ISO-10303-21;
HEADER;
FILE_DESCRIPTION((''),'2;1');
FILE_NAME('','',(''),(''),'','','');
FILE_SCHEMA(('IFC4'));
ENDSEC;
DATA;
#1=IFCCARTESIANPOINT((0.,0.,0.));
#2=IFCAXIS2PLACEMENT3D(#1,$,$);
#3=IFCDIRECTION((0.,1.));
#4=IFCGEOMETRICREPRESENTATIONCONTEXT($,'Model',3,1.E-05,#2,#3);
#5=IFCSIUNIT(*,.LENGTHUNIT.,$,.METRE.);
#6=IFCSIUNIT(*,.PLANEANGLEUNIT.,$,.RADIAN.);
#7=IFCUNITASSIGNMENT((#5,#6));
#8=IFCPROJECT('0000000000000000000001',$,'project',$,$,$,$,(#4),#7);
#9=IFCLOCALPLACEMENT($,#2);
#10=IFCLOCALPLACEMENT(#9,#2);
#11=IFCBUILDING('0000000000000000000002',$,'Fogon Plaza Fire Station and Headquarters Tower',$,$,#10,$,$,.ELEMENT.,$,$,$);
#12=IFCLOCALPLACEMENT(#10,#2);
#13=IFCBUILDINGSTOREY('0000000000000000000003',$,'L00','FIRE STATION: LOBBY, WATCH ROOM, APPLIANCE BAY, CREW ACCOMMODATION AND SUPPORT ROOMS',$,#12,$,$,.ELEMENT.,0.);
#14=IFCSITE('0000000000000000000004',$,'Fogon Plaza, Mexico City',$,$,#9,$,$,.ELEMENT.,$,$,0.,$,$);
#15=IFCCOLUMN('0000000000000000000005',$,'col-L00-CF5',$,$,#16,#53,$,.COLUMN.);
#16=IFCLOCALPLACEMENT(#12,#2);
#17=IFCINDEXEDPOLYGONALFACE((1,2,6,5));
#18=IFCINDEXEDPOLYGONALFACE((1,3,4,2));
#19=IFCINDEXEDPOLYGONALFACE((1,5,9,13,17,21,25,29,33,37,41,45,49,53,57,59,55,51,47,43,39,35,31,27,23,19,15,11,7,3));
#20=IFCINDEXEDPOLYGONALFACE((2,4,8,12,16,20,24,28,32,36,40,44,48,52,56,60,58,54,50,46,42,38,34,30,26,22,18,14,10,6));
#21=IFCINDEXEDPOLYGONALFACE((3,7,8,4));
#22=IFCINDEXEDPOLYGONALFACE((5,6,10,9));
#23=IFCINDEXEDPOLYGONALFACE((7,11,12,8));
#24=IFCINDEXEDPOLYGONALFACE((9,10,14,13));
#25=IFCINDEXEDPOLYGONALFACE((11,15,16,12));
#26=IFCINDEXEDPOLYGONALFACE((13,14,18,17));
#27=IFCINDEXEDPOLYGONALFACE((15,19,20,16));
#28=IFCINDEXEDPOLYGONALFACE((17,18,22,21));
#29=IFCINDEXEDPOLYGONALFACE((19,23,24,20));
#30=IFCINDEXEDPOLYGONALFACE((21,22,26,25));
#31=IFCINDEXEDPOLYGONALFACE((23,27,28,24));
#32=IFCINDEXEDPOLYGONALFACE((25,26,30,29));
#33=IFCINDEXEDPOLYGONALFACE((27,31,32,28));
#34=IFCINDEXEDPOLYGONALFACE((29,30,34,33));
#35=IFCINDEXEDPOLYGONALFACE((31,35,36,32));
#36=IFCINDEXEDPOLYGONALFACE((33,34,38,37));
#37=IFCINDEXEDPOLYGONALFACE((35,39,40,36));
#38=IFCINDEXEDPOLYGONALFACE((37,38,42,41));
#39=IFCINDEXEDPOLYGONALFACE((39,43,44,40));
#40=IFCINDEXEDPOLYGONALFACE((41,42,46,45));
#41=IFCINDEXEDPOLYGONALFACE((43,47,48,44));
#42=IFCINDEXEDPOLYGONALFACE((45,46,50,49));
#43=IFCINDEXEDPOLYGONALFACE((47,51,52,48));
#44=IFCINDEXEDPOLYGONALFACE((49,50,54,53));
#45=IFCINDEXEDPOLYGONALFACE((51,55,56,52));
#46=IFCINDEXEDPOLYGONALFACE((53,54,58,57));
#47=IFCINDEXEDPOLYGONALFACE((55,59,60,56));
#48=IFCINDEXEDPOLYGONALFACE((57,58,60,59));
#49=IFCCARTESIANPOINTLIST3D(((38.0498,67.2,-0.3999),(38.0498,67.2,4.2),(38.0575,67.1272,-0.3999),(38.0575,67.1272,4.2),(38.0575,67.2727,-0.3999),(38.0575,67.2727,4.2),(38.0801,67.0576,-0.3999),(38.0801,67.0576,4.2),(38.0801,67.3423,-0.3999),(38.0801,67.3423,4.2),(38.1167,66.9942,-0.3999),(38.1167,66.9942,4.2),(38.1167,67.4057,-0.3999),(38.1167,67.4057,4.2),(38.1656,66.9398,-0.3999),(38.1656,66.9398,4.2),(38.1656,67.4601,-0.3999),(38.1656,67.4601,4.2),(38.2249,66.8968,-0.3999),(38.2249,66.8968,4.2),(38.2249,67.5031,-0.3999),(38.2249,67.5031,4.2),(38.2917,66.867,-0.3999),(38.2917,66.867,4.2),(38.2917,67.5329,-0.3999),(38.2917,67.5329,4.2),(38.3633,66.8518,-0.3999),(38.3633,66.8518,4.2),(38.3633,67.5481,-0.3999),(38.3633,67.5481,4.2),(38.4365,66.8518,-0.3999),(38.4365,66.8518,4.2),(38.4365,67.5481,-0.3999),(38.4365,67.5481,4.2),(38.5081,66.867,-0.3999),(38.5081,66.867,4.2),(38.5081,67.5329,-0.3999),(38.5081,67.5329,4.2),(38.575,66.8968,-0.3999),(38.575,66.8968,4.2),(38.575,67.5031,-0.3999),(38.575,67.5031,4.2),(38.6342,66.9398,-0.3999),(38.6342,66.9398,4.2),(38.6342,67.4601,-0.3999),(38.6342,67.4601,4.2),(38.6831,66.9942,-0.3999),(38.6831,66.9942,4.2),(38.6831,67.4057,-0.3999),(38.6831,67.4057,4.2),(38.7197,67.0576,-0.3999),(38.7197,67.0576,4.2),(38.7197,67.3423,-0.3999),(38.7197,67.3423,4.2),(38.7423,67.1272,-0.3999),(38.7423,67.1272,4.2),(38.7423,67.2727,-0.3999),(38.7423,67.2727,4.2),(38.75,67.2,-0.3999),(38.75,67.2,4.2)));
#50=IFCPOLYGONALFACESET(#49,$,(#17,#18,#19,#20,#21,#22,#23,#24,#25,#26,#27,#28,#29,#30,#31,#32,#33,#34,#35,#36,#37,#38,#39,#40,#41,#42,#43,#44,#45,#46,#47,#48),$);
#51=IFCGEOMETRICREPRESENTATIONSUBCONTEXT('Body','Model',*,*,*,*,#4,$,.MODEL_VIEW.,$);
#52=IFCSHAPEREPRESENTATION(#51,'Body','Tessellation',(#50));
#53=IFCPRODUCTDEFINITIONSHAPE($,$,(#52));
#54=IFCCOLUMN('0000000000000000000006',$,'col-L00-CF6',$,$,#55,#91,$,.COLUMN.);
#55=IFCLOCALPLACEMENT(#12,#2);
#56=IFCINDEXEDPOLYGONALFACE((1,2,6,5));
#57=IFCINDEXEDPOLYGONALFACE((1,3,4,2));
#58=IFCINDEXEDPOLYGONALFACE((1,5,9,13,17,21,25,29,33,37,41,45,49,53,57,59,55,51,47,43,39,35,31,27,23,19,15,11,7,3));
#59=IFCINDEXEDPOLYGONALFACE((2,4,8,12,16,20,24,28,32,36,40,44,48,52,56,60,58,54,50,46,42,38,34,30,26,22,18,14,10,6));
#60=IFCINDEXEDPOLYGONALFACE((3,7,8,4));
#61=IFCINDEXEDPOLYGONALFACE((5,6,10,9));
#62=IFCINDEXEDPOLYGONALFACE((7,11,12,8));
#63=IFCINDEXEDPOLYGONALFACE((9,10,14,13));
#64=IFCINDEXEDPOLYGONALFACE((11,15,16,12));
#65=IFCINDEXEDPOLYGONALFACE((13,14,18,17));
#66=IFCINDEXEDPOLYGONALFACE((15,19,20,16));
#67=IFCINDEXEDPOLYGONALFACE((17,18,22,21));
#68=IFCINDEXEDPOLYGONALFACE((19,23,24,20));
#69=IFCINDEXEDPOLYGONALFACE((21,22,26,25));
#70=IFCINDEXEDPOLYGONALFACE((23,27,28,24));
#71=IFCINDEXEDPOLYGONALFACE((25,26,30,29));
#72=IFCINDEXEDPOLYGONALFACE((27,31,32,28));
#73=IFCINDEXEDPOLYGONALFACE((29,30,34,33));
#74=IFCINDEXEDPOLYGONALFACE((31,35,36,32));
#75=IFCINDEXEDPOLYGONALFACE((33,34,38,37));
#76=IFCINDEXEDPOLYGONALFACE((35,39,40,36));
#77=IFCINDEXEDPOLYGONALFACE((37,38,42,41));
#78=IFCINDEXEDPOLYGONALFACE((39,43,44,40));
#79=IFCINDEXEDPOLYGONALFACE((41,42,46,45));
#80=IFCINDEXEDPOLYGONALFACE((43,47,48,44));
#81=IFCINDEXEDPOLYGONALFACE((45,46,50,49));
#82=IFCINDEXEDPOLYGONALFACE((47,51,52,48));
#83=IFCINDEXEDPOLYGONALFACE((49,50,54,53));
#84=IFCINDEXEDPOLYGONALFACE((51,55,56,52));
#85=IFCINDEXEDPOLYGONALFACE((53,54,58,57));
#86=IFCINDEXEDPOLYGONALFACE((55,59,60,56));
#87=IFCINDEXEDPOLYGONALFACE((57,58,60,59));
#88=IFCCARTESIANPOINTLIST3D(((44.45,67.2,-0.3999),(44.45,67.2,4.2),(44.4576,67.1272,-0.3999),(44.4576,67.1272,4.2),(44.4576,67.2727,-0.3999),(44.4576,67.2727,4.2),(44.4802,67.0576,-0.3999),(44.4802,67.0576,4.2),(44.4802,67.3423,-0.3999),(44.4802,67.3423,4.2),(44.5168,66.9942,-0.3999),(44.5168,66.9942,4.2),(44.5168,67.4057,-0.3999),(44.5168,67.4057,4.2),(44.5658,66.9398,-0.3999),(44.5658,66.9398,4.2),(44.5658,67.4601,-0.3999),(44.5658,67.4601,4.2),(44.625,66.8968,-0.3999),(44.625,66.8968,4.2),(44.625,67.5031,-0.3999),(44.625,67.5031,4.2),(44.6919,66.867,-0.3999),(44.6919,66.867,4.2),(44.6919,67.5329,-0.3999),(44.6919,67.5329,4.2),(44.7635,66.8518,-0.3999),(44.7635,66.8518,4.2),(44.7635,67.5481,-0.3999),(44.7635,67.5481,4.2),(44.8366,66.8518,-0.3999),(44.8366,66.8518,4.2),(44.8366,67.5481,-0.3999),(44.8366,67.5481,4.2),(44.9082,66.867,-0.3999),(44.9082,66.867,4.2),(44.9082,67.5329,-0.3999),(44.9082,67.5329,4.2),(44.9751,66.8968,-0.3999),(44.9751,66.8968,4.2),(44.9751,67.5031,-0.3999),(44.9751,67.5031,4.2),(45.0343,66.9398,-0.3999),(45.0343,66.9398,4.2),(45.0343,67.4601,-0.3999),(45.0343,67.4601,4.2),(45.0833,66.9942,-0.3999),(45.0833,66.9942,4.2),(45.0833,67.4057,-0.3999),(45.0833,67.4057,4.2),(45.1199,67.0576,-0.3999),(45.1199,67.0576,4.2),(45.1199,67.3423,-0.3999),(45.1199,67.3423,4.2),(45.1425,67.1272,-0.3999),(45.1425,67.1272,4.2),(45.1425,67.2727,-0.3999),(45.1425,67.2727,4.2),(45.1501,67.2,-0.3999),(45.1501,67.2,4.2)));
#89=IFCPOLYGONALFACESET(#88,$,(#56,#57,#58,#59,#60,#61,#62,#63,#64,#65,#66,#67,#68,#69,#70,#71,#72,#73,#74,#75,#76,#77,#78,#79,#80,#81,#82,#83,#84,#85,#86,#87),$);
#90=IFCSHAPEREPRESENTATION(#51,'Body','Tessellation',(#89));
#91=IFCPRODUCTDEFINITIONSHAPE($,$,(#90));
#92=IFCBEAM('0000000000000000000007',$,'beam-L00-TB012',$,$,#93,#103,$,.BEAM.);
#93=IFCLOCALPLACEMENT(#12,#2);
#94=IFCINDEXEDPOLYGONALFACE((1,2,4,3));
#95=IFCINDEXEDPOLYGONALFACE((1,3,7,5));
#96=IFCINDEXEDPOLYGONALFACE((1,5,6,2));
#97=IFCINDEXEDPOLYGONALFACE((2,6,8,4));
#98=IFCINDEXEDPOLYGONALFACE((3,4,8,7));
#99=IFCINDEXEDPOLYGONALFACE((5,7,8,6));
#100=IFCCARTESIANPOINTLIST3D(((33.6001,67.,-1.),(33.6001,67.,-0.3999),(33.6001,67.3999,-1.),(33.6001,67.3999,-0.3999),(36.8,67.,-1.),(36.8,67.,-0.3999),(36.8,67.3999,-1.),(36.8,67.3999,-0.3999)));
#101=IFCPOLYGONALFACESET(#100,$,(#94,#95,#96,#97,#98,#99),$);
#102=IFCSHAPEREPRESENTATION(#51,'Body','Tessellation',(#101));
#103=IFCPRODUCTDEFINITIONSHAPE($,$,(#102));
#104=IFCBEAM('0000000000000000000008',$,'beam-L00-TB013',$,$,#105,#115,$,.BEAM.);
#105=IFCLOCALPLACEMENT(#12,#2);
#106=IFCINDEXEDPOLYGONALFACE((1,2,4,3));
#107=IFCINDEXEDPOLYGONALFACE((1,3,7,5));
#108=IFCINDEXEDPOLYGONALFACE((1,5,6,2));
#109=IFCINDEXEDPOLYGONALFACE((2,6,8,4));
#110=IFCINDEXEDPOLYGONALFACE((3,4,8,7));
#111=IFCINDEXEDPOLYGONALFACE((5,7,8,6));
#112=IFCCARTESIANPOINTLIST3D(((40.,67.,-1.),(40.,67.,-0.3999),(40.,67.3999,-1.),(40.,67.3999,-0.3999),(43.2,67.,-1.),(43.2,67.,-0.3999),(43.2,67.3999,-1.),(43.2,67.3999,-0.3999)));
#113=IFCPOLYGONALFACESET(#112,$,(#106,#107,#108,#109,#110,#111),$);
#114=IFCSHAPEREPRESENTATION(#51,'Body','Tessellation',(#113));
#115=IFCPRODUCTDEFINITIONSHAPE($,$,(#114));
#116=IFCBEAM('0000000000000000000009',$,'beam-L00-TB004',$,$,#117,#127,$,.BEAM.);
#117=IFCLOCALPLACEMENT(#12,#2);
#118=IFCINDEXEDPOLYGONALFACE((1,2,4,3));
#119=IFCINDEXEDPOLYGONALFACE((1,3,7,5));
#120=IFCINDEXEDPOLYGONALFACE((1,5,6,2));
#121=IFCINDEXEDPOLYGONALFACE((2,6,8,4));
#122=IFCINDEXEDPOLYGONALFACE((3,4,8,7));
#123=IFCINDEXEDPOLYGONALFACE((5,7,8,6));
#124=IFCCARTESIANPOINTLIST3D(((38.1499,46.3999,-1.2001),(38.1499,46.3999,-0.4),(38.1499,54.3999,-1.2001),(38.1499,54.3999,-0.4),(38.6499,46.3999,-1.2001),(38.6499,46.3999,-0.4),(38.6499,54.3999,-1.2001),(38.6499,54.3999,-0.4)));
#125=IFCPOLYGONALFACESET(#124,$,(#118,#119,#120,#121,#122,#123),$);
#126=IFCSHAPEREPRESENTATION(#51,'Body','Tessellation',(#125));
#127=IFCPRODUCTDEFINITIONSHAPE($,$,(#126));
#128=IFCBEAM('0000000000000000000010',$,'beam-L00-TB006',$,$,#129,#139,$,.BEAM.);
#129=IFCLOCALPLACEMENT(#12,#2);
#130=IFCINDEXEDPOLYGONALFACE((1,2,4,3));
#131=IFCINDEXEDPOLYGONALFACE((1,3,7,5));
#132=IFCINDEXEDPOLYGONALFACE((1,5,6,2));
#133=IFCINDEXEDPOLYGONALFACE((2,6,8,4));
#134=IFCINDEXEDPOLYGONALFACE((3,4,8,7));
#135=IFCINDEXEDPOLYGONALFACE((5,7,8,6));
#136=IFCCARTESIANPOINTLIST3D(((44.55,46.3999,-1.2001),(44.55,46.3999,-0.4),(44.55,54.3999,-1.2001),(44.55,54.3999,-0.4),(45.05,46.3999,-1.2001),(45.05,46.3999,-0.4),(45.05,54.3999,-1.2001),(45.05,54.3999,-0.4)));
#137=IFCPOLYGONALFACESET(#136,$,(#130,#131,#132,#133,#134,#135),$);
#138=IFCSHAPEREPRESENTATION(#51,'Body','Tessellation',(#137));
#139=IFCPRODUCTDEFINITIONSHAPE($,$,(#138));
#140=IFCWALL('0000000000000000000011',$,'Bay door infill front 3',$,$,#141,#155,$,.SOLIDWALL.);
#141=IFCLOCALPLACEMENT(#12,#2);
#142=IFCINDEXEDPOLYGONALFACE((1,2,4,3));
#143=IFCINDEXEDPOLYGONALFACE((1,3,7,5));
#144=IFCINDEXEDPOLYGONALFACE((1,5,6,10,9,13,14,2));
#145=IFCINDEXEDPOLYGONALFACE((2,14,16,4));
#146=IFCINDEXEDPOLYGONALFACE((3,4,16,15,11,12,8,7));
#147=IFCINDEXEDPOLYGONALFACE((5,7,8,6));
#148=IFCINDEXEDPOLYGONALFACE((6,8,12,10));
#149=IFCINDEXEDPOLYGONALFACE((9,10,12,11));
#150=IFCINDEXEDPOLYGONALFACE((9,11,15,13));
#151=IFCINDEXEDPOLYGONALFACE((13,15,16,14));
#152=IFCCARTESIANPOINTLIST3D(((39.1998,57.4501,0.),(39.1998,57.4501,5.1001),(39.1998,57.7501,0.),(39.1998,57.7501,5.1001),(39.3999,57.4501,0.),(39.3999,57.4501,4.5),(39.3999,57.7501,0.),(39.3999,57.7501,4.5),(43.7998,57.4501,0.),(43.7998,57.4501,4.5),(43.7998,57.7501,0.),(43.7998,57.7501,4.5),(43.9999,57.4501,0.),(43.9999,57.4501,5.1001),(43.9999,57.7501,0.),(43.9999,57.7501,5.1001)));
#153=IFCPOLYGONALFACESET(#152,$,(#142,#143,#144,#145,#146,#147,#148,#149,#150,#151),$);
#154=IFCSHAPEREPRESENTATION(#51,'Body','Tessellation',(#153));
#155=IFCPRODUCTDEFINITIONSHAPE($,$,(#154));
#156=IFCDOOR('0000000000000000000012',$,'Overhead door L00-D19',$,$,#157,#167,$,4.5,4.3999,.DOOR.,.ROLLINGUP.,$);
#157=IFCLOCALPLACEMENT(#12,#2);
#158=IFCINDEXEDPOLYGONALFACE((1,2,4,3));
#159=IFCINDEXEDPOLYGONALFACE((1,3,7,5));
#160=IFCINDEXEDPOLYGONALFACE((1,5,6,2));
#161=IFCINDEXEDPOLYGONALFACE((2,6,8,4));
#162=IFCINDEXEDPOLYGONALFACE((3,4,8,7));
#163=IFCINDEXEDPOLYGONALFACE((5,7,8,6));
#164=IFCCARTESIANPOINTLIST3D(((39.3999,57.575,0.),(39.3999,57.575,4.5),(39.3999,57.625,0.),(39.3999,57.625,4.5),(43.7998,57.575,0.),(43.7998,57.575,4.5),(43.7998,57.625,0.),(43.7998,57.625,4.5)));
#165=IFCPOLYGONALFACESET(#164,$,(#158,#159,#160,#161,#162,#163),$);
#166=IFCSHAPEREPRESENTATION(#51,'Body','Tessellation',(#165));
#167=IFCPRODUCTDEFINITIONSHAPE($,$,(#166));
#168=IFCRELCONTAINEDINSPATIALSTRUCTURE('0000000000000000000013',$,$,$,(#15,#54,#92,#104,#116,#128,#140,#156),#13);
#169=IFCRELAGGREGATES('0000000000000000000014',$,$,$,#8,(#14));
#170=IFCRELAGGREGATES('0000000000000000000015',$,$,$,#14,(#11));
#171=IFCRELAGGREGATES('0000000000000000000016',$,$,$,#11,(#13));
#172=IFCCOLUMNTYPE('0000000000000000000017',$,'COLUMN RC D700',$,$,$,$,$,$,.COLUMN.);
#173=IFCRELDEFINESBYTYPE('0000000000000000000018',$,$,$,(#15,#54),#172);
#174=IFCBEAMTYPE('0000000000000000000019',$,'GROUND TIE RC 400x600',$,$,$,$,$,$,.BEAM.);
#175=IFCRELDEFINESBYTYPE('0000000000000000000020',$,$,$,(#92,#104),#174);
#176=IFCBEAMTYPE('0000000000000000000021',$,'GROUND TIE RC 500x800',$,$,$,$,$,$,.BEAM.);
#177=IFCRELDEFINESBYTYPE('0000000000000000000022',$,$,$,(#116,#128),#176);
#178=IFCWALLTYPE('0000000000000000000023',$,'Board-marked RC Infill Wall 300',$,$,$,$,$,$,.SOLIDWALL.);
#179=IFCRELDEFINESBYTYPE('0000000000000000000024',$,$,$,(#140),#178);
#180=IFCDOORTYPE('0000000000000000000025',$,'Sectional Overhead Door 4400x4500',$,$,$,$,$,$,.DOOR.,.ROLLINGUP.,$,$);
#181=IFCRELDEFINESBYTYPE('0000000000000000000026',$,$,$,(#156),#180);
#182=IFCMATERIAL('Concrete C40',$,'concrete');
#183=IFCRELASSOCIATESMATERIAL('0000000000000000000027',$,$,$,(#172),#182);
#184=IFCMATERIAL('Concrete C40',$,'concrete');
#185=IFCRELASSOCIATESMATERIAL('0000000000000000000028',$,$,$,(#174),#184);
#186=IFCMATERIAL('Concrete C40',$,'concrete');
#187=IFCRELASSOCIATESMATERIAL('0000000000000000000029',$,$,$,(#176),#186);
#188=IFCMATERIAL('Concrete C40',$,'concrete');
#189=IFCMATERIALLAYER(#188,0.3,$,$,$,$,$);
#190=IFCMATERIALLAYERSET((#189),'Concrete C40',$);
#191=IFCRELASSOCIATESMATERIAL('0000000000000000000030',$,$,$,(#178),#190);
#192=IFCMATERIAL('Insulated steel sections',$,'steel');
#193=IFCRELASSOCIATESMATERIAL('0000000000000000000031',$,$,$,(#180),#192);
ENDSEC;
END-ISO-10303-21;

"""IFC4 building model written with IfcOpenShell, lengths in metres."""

from ifc_helpers import new_model, si_unit, direction, frame, frame_2d, origin, origin_2d, place, context, subcontext, project, spatial, rectangle, circle, extrude, material, layer, layer_set, material_profile, profile_set, type_object, element, fill, save


model = new_model("IFC4")

# Units and contexts
model_context = context("Model", 3, precision=1e-05, world=origin(), true_north=direction((0.0, 1.0)))
body_context = subcontext(model_context, "Body", "Model", "MODEL_VIEW")
ifc_project = project(units=[si_unit("LENGTHUNIT", "METRE"), si_unit("PLANEANGLEUNIT", "RADIAN")], contexts=[model_context])

# Site, building, storey
site_placement = place(None, origin())
site = spatial("IfcSite", under=ifc_project, at=site_placement, Name="Fogon Plaza, Mexico City", CompositionType="ELEMENT", RefElevation=0.0)
building_placement = place(site_placement, origin())
building = spatial("IfcBuilding", under=site, at=building_placement, Name="Fogon Plaza Fire Station and Headquarters Tower", CompositionType="ELEMENT")
storey_placement = place(building_placement, origin())
storey = spatial("IfcBuildingStorey", under=building, at=storey_placement, Name="L00", Description="FIRE STATION: LOBBY, WATCH ROOM, APPLIANCE BAY, CREW ACCOMMODATION AND SUPPORT ROOMS", CompositionType="ELEMENT", Elevation=0.0)

# Columns
ifc_material_1 = material(Name="Concrete C40", Category="concrete")
ifc_material_profile_1 = material_profile(ifc_material_1, circle(Radius=0.3501, at=origin_2d()), Name="RC D700")
ifc_profile_set_1 = profile_set([ifc_material_profile_1], Name="Concrete C40")
column_type_1 = type_object("IfcColumnType", Name="COLUMN RC D700", PredefinedType="COLUMN", material=ifc_profile_set_1)
for number, where, z_axis, x_axis, name in (
    (1, (38.3999, 67.2, -0.3999), (0.0, 0.0, 1.0), (1.0, 0.0, 0.0), "col-L00-CF5"),
    (2, (44.8, 67.2, -0.3999), (0.0, 0.0, 1.0), (1.0, 0.0, 0.0), "col-L00-CF6"),
):
    element("IfcColumn", number, at=place(storey_placement, frame(where, z_axis=z_axis, x_axis=x_axis)), inside=storey, type_object=column_type_1, Name=name, PredefinedType="COLUMN", context=body_context, shape_type="SweptSolid", body=[
        extrude(circle(Radius=0.3501, at=origin_2d()), origin(), (0.0, 0.0, 1.0), 4.5999),
    ])

# Beams
ifc_material_2 = material(Name="Concrete C40", Category="concrete")
ifc_material_profile_2 = material_profile(ifc_material_2, rectangle(XDim=0.3999, YDim=0.6001, at=origin_2d()), Name="RC 400x600")
ifc_profile_set_2 = profile_set([ifc_material_profile_2], Name="Concrete C40")
beam_type_1 = type_object("IfcBeamType", Name="GROUND TIE RC 400x600", PredefinedType="BEAM", material=ifc_profile_set_2)
for number, where, z_axis, x_axis, name in (
    (3, (33.6001, 67.2, -0.7), (1.0, 0.0, 0.0), (0.0, 1.0, 0.0), "beam-L00-TB012"),
    (4, (40.0, 67.2, -0.7), (1.0, 0.0, 0.0), (0.0, 1.0, 0.0), "beam-L00-TB013"),
):
    element("IfcBeam", number, at=place(storey_placement, frame(where, z_axis=z_axis, x_axis=x_axis)), inside=storey, type_object=beam_type_1, Name=name, PredefinedType="BEAM", context=body_context, shape_type="SweptSolid", body=[
        extrude(rectangle(XDim=0.3999, YDim=0.6001, at=origin_2d()), origin(), (0.0, 0.0, 1.0), 3.2),
    ])
ifc_material_3 = material(Name="Concrete C40", Category="concrete")
ifc_material_profile_3 = material_profile(ifc_material_3, rectangle(XDim=0.5, YDim=0.8, at=origin_2d()), Name="RC 500x800")
ifc_profile_set_3 = profile_set([ifc_material_profile_3], Name="Concrete C40")
beam_type_2 = type_object("IfcBeamType", Name="GROUND TIE RC 500x800", PredefinedType="BEAM", material=ifc_profile_set_3)
for number, where, z_axis, x_axis, name in (
    (5, (38.3999, 46.3999, -0.8), (0.0, 1.0, 0.0), (-1.0, 0.0, 0.0), "beam-L00-TB004"),
    (6, (44.8, 46.3999, -0.8), (0.0, 1.0, 0.0), (-1.0, 0.0, 0.0), "beam-L00-TB006"),
):
    element("IfcBeam", number, at=place(storey_placement, frame(where, z_axis=z_axis, x_axis=x_axis)), inside=storey, type_object=beam_type_2, Name=name, PredefinedType="BEAM", context=body_context, shape_type="SweptSolid", body=[
        extrude(rectangle(XDim=0.5, YDim=0.8, at=origin_2d()), origin(), (0.0, 0.0, 1.0), 8.0),
    ])

# Wall, opening, door
ifc_material_4 = material(Name="Concrete C40", Category="concrete")
ifc_layer = layer(ifc_material_4, 0.3)
ifc_layer_set = layer_set([ifc_layer], Name="Concrete C40")
wall_type = type_object("IfcWallType", Name="Board-marked RC Infill Wall 300", PredefinedType="SOLIDWALL", material=ifc_layer_set)
wall_1_placement = place(storey_placement, frame((39.2, 57.6001, 0.0), z_axis=(0.0, 0.0, 1.0), x_axis=(1.0, 0.0, 0.0)))
wall_1 = element("IfcWall", 7, at=wall_1_placement, inside=storey, type_object=wall_type, Name="Bay door infill front 3", PredefinedType="SOLIDWALL", context=body_context, shape_type="SweptSolid", body=[
    extrude(rectangle(XDim=4.8, YDim=0.3, at=frame_2d((2.3999, 0.0))), origin(), (0.0, 0.0, 1.0), 5.1001),
])
opening_1_placement = place(wall_1_placement, frame((0.2, 0.0, 0.0)))
opening_1 = element("IfcOpeningElement", 8, at=opening_1_placement, cuts=wall_1, PredefinedType="OPENING", context=body_context, shape_type="SweptSolid", body=[
    extrude(rectangle(XDim=4.3999, YDim=4.5, at=frame_2d((2.2, 2.25))), frame((0.0, 0.1599, 0.0), z_axis=(0.0, -1.0, 0.0), x_axis=(1.0, 0.0, 0.0)), (0.0, 0.0, 1.0), 0.3201),
])
ifc_material_5 = material(Name="Insulated steel sections", Category="steel")
door_type = type_object("IfcDoorType", Name="Sectional Overhead Door 4400x4500", OperationType="ROLLINGUP", PredefinedType="DOOR", material=ifc_material_5)
door_1_placement = place(opening_1_placement, origin())
door_1 = element("IfcDoor", 9, at=door_1_placement, inside=storey, type_object=door_type, Name="Overhead door L00-D19", OperationType="ROLLINGUP", OverallHeight=4.5, OverallWidth=4.3999, PredefinedType="DOOR", context=body_context, shape_type="SweptSolid", body=[
    extrude(rectangle(XDim=4.3999, YDim=4.5, at=frame_2d((2.2, 2.25))), frame((0.0, 0.0249, 0.0), z_axis=(0.0, -1.0, 0.0), x_axis=(1.0, 0.0, 0.0)), (0.0, 0.0, 1.0), 0.05),
])
fill(opening_1, door_1)

save(model, "model.ifc")
